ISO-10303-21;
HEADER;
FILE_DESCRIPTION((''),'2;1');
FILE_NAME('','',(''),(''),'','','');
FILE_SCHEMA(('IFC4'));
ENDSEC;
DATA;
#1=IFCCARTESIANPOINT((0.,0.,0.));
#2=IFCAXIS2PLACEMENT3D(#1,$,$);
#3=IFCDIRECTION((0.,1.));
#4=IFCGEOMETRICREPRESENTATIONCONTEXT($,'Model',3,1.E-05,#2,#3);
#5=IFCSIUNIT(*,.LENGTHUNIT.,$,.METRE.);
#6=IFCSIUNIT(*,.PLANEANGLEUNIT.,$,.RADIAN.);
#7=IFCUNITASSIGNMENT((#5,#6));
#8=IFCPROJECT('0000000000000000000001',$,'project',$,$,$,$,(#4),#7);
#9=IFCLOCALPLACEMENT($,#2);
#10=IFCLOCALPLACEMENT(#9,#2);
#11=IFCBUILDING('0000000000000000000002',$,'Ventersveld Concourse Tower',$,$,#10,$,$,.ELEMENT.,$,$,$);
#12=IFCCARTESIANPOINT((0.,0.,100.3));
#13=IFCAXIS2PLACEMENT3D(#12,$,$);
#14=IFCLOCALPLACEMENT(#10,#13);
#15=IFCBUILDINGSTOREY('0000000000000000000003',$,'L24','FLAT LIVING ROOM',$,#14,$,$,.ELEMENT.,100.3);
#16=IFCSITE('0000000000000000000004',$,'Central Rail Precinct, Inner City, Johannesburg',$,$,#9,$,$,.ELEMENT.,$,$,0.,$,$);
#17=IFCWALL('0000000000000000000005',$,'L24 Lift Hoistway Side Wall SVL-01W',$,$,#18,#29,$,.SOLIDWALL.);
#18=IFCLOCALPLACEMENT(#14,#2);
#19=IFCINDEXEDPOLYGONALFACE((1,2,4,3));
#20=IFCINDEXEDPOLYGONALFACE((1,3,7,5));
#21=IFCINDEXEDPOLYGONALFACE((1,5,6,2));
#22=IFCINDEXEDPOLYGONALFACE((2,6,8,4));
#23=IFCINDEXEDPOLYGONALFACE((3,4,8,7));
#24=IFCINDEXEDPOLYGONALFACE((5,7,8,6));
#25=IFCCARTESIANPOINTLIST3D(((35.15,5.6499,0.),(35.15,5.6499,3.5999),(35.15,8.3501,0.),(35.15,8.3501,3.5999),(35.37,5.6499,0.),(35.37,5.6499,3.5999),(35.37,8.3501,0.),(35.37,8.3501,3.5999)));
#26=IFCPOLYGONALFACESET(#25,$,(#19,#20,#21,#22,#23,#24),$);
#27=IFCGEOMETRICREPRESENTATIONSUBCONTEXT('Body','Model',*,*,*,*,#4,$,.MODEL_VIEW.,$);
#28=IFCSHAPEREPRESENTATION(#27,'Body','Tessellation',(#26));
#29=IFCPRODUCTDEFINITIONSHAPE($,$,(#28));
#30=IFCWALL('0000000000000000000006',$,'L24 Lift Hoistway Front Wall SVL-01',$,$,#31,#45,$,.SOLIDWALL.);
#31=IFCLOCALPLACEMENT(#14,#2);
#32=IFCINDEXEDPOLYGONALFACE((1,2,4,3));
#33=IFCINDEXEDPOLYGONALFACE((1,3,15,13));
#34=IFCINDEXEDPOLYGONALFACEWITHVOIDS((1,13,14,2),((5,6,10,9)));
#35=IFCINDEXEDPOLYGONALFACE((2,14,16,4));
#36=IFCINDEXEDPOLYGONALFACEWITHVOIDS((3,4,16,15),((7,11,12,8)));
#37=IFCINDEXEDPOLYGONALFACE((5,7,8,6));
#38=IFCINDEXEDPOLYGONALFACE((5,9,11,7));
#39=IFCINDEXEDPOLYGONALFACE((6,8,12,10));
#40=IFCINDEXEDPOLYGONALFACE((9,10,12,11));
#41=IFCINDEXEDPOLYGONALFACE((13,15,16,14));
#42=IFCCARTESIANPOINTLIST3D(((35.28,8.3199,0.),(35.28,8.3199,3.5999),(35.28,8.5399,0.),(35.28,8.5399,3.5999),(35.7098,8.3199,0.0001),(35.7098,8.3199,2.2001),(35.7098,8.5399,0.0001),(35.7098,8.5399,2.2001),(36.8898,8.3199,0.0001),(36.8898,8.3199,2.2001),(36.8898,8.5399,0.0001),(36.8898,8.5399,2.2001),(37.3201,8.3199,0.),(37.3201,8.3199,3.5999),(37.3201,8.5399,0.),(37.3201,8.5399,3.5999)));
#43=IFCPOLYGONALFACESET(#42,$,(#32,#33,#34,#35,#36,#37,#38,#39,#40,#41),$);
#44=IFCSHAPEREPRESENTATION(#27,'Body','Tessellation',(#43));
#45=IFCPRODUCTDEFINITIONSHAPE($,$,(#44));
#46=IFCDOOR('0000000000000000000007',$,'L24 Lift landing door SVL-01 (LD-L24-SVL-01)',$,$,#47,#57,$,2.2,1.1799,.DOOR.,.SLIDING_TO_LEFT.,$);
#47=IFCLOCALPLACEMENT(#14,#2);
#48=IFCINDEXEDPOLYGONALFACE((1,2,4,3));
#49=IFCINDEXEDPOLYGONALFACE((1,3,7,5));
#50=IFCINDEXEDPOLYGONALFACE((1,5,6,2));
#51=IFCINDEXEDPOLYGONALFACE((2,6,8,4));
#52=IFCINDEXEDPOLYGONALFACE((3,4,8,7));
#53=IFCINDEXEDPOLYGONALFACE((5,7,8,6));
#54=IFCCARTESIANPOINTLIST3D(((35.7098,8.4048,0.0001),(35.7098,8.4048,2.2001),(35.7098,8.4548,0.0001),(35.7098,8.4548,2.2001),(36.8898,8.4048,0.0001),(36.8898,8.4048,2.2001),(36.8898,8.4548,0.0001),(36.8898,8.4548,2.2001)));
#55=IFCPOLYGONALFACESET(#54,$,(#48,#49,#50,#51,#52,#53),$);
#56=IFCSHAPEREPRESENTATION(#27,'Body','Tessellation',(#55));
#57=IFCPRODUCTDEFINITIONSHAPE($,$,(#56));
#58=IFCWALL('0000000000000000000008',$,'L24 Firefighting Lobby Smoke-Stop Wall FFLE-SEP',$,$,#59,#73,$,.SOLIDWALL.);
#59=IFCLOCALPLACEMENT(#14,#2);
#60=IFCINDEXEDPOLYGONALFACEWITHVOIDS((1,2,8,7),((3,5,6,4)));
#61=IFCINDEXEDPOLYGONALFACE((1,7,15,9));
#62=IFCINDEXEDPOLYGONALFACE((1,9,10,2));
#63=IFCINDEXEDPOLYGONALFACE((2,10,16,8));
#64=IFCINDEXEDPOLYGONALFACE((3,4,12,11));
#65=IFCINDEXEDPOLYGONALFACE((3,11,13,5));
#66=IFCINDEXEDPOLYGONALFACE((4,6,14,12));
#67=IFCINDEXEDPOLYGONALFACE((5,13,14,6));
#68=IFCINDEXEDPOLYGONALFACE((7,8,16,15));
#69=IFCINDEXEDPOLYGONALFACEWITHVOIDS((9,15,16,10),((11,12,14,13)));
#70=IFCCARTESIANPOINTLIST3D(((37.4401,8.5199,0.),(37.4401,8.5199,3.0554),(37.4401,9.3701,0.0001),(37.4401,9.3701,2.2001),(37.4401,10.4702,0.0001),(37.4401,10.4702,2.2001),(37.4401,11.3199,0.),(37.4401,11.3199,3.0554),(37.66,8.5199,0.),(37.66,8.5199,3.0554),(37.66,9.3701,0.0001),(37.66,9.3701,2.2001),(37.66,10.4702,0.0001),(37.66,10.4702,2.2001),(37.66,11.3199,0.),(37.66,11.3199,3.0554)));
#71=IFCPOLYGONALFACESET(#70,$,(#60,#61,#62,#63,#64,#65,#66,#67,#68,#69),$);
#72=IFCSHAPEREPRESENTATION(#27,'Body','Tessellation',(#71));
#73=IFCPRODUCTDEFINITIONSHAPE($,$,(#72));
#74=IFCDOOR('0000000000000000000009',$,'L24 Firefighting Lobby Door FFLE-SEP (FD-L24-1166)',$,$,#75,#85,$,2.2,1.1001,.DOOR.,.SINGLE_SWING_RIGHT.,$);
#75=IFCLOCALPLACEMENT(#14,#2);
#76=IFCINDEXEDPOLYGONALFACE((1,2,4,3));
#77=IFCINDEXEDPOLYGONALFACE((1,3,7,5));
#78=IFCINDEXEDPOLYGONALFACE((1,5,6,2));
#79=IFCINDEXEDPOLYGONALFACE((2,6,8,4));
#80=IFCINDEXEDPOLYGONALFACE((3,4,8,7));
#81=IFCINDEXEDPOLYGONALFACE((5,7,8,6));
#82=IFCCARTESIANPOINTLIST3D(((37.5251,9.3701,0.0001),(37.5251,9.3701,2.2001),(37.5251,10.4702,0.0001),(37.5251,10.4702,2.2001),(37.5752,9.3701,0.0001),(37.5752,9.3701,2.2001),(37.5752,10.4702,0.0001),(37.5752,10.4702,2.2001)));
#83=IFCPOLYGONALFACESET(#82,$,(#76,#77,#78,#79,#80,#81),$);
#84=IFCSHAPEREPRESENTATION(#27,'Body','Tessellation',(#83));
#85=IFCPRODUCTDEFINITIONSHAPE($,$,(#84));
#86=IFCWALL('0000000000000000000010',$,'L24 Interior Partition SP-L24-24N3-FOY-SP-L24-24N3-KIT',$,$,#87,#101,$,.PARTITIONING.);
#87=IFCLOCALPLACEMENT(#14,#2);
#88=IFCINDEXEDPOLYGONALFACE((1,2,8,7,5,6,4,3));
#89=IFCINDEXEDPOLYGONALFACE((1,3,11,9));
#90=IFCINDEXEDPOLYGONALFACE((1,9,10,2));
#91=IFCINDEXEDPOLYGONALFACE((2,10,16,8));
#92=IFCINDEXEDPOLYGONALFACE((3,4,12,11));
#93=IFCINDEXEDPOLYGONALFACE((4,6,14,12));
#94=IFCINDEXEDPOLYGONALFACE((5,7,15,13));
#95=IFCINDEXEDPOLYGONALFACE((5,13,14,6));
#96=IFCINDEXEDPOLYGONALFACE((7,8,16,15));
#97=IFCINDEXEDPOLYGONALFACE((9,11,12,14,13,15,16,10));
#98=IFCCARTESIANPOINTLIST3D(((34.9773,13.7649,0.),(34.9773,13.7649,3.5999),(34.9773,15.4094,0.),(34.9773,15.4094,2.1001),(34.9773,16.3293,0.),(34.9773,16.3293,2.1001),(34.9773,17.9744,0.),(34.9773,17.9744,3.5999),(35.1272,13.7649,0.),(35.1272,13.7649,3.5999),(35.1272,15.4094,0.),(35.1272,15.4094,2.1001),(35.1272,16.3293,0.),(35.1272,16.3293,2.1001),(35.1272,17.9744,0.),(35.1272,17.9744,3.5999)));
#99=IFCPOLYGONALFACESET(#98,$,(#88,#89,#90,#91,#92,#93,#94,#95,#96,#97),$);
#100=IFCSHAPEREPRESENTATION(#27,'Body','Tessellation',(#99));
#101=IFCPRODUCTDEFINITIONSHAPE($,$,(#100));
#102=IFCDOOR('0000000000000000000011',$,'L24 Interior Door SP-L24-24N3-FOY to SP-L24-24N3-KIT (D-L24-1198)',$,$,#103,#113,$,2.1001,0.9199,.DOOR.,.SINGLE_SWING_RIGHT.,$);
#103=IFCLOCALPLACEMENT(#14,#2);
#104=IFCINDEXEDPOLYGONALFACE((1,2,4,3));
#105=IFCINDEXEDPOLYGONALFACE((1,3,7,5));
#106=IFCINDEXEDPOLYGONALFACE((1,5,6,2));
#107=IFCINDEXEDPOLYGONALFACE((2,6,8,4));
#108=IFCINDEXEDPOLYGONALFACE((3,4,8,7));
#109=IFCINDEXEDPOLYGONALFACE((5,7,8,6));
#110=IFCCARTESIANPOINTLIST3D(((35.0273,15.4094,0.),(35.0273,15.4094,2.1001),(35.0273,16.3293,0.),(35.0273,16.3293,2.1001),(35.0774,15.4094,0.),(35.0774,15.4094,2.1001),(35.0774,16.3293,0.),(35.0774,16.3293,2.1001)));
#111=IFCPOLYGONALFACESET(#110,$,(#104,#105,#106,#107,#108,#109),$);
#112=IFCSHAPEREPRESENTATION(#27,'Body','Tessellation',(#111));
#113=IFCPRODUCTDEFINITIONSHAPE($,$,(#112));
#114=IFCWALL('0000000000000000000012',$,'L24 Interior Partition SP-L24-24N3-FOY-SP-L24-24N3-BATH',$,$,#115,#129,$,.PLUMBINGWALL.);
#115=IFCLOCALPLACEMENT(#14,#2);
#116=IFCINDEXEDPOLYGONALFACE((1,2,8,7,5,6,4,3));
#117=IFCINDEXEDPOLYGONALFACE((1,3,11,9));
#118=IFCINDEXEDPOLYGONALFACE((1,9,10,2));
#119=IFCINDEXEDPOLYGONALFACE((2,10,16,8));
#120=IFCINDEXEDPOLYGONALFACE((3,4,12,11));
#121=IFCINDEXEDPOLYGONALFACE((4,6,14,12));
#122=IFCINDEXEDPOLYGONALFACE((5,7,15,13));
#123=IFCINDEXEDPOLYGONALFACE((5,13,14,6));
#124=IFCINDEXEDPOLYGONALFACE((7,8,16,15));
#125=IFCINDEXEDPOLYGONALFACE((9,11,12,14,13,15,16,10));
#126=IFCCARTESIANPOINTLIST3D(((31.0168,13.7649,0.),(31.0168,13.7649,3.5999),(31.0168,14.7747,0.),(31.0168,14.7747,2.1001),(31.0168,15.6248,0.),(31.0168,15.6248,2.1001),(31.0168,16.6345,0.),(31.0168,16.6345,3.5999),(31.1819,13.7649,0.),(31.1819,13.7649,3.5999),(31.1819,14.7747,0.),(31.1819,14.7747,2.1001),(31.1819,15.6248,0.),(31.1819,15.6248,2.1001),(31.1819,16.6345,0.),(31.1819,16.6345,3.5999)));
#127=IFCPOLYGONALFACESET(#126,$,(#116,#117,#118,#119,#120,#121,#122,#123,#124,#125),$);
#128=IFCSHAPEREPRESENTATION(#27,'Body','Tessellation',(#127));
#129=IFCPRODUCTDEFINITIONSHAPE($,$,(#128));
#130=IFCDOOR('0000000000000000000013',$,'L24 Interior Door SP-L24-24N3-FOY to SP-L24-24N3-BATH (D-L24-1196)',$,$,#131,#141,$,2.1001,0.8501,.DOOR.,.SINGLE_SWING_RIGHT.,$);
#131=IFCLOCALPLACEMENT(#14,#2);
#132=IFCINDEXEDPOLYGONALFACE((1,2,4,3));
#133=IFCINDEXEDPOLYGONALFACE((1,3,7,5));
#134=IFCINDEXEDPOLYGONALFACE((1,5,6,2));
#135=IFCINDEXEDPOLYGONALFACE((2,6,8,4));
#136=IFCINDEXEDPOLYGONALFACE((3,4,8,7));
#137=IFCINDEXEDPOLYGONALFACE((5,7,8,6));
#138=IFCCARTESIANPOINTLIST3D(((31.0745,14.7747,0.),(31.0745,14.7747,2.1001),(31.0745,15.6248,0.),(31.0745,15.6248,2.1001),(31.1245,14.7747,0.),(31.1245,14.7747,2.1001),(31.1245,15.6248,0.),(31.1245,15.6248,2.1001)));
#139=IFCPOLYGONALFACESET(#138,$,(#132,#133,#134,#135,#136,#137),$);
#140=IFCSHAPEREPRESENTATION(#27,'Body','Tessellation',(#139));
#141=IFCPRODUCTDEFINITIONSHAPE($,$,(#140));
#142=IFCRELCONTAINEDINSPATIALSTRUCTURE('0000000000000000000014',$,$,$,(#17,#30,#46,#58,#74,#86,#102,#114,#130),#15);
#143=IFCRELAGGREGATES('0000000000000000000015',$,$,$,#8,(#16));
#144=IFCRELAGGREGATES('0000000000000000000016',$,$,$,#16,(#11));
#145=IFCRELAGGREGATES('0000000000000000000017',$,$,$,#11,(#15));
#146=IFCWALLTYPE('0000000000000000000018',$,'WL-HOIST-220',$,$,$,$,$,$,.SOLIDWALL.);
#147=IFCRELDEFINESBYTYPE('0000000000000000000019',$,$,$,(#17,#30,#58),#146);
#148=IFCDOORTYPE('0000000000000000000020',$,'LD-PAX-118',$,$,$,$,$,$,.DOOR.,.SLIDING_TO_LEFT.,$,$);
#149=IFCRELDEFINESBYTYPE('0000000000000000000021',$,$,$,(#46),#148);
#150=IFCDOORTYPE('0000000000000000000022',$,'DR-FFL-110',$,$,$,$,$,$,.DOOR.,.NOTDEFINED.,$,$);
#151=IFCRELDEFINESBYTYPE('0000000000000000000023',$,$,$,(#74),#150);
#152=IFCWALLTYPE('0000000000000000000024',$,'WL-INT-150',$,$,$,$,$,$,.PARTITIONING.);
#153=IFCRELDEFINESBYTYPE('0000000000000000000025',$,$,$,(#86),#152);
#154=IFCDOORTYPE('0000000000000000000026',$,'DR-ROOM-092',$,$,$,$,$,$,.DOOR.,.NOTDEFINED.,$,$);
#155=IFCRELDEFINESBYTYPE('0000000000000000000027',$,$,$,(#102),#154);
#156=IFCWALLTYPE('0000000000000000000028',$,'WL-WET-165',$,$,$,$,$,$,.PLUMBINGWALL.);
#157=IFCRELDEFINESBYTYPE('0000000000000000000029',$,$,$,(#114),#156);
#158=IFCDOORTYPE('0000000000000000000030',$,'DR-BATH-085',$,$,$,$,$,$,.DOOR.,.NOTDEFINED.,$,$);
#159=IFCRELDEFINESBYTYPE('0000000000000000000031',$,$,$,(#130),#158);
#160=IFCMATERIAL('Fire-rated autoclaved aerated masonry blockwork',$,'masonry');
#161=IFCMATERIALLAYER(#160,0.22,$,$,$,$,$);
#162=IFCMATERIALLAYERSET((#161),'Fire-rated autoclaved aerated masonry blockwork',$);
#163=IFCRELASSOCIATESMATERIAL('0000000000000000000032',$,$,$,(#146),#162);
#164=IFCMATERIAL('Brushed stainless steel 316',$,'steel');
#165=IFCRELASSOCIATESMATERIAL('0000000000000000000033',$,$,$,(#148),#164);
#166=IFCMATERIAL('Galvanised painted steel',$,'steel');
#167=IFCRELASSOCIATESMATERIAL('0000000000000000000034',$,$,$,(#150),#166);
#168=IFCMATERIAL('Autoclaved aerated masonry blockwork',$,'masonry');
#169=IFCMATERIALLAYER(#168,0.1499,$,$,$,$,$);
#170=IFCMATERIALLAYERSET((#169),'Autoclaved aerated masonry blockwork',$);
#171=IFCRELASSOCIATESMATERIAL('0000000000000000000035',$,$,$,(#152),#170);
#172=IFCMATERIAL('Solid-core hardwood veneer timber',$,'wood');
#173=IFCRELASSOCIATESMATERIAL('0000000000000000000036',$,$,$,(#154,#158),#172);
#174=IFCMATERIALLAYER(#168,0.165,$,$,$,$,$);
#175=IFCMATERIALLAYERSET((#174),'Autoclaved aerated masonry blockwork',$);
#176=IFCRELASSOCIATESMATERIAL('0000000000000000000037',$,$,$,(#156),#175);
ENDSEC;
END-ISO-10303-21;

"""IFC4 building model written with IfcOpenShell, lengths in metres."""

from ifc_helpers import new_model, si_unit, direction, frame, frame_2d, origin, place, context, subcontext, project, spatial, rectangle, extrude, material, layer, layer_set, type_object, element, fill, save


model = new_model("IFC4")

# Units and contexts
model_context = context("Model", 3, precision=1e-05, world=origin(), true_north=direction((0.0, 1.0)))
body_context = subcontext(model_context, "Body", "Model", "MODEL_VIEW")
ifc_project = project(units=[si_unit("LENGTHUNIT", "METRE"), si_unit("PLANEANGLEUNIT", "RADIAN")], contexts=[model_context])

# Site, building, storey
site_placement = place(None, origin())
site = spatial("IfcSite", under=ifc_project, at=site_placement, Name="Central Rail Precinct, Inner City, Johannesburg", CompositionType="ELEMENT", RefElevation=0.0)
building_placement = place(site_placement, origin())
building = spatial("IfcBuilding", under=site, at=building_placement, Name="Ventersveld Concourse Tower", CompositionType="ELEMENT")
storey_placement = place(building_placement, frame((0.0, 0.0, 100.3)))
storey = spatial("IfcBuildingStorey", under=building, at=storey_placement, Name="L24", Description="FLAT LIVING ROOM", CompositionType="ELEMENT", Elevation=100.3)

# Shared definitions
ifc_material_1 = material(Name="Fire-rated autoclaved aerated masonry blockwork", Category="masonry")
ifc_material_2 = material(Name="Solid-core hardwood veneer timber", Category="wood")

# Wall
ifc_layer_1 = layer(ifc_material_1, 0.22)
ifc_layer_set_1 = layer_set([ifc_layer_1], Name="Fire-rated autoclaved aerated masonry blockwork")
wall_type_1 = type_object("IfcWallType", Name="WL-HOIST-220", PredefinedType="SOLIDWALL", material=ifc_layer_set_1)
wall_1_placement = place(storey_placement, frame((35.26, 5.6499, 0.0), z_axis=(0.0, 0.0, 1.0), x_axis=(0.0, 1.0, 0.0)))
element("IfcWall", 1, at=wall_1_placement, inside=storey, type_object=wall_type_1, Name="L24 Lift Hoistway Side Wall SVL-01W", PredefinedType="SOLIDWALL", context=body_context, shape_type="SweptSolid", body=[
    extrude(rectangle(XDim=2.7002, YDim=0.22, at=frame_2d((1.3501, 0.0))), origin(), (0.0, 0.0, 1.0), 3.5999),
])

# Walls, openings, doors
wall_2_placement = place(storey_placement, frame((35.28, 8.4299, 0.0), z_axis=(0.0, 0.0, 1.0), x_axis=(1.0, 0.0, 0.0)))
wall_2 = element("IfcWall", 2, at=wall_2_placement, inside=storey, type_object=wall_type_1, Name="L24 Lift Hoistway Front Wall SVL-01", PredefinedType="SOLIDWALL", context=body_context, shape_type="SweptSolid", body=[
    extrude(rectangle(XDim=2.04, YDim=0.22, at=frame_2d((1.02, 0.0))), origin(), (0.0, 0.0, 1.0), 3.5999),
])
opening_1_placement = place(wall_2_placement, frame((0.4299, 0.0, 0.0)))
opening_1 = element("IfcOpeningElement", 3, at=opening_1_placement, cuts=wall_2, PredefinedType="OPENING", context=body_context, shape_type="SweptSolid", body=[
    extrude(rectangle(XDim=1.1799, YDim=2.2, at=frame_2d((0.5898, 1.1001))), frame((0.0, 0.1201, 0.0), z_axis=(0.0, -1.0, 0.0), x_axis=(1.0, 0.0, 0.0)), (0.0, 0.0, 1.0), 0.24),
])
ifc_material_3 = material(Name="Brushed stainless steel 316", Category="steel")
door_type_1 = type_object("IfcDoorType", Name="LD-PAX-118", OperationType="SLIDING_TO_LEFT", PredefinedType="DOOR", material=ifc_material_3)
door_1_placement = place(opening_1_placement, origin())
door_1 = element("IfcDoor", 4, at=door_1_placement, inside=storey, type_object=door_type_1, Name="L24 Lift landing door SVL-01 (LD-L24-SVL-01)", OperationType="SLIDING_TO_LEFT", OverallHeight=2.2, OverallWidth=1.1799, PredefinedType="DOOR", context=body_context, shape_type="SweptSolid", body=[
    extrude(rectangle(XDim=1.1799, YDim=2.2, at=frame_2d((0.5898, 1.1001))), frame((0.0, 0.0249, 0.0), z_axis=(0.0, -1.0, 0.0), x_axis=(1.0, 0.0, 0.0)), (0.0, 0.0, 1.0), 0.05),
])
fill(opening_1, door_1)
wall_3_placement = place(storey_placement, frame((37.55, 8.52, 0.0), z_axis=(0.0, 0.0, 1.0), x_axis=(0.0, 1.0, 0.0)))
wall_3 = element("IfcWall", 5, at=wall_3_placement, inside=storey, type_object=wall_type_1, Name="L24 Firefighting Lobby Smoke-Stop Wall FFLE-SEP", PredefinedType="SOLIDWALL", context=body_context, shape_type="SweptSolid", body=[
    extrude(rectangle(XDim=2.8, YDim=0.22, at=frame_2d((1.3999, 0.0))), origin(), (0.0, 0.0, 1.0), 3.0554),
])
opening_2_placement = place(wall_3_placement, frame((0.8501, 0.0, 0.0)))
opening_2 = element("IfcOpeningElement", 6, at=opening_2_placement, cuts=wall_3, PredefinedType="OPENING", context=body_context, shape_type="SweptSolid", body=[
    extrude(rectangle(XDim=1.1001, YDim=2.2, at=frame_2d((0.55, 1.1001))), frame((0.0, 0.1201, 0.0), z_axis=(0.0, -1.0, 0.0), x_axis=(1.0, 0.0, 0.0)), (0.0, 0.0, 1.0), 0.24),
])
ifc_material_4 = material(Name="Galvanised painted steel", Category="steel")
door_type_2 = type_object("IfcDoorType", Name="DR-FFL-110", OperationType="NOTDEFINED", PredefinedType="DOOR", material=ifc_material_4)
door_2_placement = place(opening_2_placement, origin())
door_2 = element("IfcDoor", 7, at=door_2_placement, inside=storey, type_object=door_type_2, Name="L24 Firefighting Lobby Door FFLE-SEP (FD-L24-1166)", OperationType="SINGLE_SWING_RIGHT", OverallHeight=2.2, OverallWidth=1.1001, PredefinedType="DOOR", context=body_context, shape_type="SweptSolid", body=[
    extrude(rectangle(XDim=1.1001, YDim=2.2, at=frame_2d((0.55, 1.1001))), frame((0.0, 0.0249, 0.0), z_axis=(0.0, -1.0, 0.0), x_axis=(1.0, 0.0, 0.0)), (0.0, 0.0, 1.0), 0.05),
])
fill(opening_2, door_2)
ifc_material_5 = material(Name="Autoclaved aerated masonry blockwork", Category="masonry")
ifc_layer_2 = layer(ifc_material_5, 0.1499)
ifc_layer_set_2 = layer_set([ifc_layer_2], Name="Autoclaved aerated masonry blockwork")
wall_type_2 = type_object("IfcWallType", Name="WL-INT-150", PredefinedType="PARTITIONING", material=ifc_layer_set_2)
wall_4_placement = place(storey_placement, frame((35.0522, 13.7649, 0.0), z_axis=(0.0, 0.0, 1.0), x_axis=(0.0, 1.0, 0.0)))
wall_4 = element("IfcWall", 8, at=wall_4_placement, inside=storey, type_object=wall_type_2, Name="L24 Interior Partition SP-L24-24N3-FOY-SP-L24-24N3-KIT", PredefinedType="PARTITIONING", context=body_context, shape_type="SweptSolid", body=[
    extrude(rectangle(XDim=4.2095, YDim=0.1499, at=frame_2d((2.1047, 0.0))), origin(), (0.0, 0.0, 1.0), 3.5999),
])
opening_3_placement = place(wall_4_placement, frame((1.6445, 0.0, 0.0)))
opening_3 = element("IfcOpeningElement", 9, at=opening_3_placement, cuts=wall_4, PredefinedType="OPENING", context=body_context, shape_type="SweptSolid", body=[
    extrude(rectangle(XDim=0.9199, YDim=2.1001, at=frame_2d((0.46, 1.05))), frame((0.0, 0.085, 0.0), z_axis=(0.0, -1.0, 0.0), x_axis=(1.0, 0.0, 0.0)), (0.0, 0.0, 1.0), 0.1699),
])
door_type_3 = type_object("IfcDoorType", Name="DR-ROOM-092", OperationType="NOTDEFINED", PredefinedType="DOOR", material=ifc_material_2)
door_3_placement = place(opening_3_placement, origin())
door_3 = element("IfcDoor", 10, at=door_3_placement, inside=storey, type_object=door_type_3, Name="L24 Interior Door SP-L24-24N3-FOY to SP-L24-24N3-KIT (D-L24-1198)", OperationType="SINGLE_SWING_RIGHT", OverallHeight=2.1001, OverallWidth=0.9199, PredefinedType="DOOR", context=body_context, shape_type="SweptSolid", body=[
    extrude(rectangle(XDim=0.9199, YDim=2.1001, at=frame_2d((0.46, 1.05))), frame((0.0, 0.0249, 0.0), z_axis=(0.0, -1.0, 0.0), x_axis=(1.0, 0.0, 0.0)), (0.0, 0.0, 1.0), 0.05),
])
fill(opening_3, door_3)
ifc_layer_3 = layer(ifc_material_5, 0.165)
ifc_layer_set_3 = layer_set([ifc_layer_3], Name="Autoclaved aerated masonry blockwork")
wall_type_3 = type_object("IfcWallType", Name="WL-WET-165", PredefinedType="PLUMBINGWALL", material=ifc_layer_set_3)
wall_5_placement = place(storey_placement, frame((31.0994, 13.7649, 0.0), z_axis=(0.0, 0.0, 1.0), x_axis=(0.0, 1.0, 0.0)))
wall_5 = element("IfcWall", 11, at=wall_5_placement, inside=storey, type_object=wall_type_3, Name="L24 Interior Partition SP-L24-24N3-FOY-SP-L24-24N3-BATH", PredefinedType="PLUMBINGWALL", context=body_context, shape_type="SweptSolid", body=[
    extrude(rectangle(XDim=2.8696, YDim=0.165, at=frame_2d((1.4348, 0.0))), origin(), (0.0, 0.0, 1.0), 3.5999),
])
opening_4_placement = place(wall_5_placement, frame((1.0098, 0.0, 0.0)))
opening_4 = element("IfcOpeningElement", 12, at=opening_4_placement, cuts=wall_5, PredefinedType="OPENING", context=body_context, shape_type="SweptSolid", body=[
    extrude(rectangle(XDim=0.8501, YDim=2.1001, at=frame_2d((0.425, 1.05))), frame((0.0, 0.0925, 0.0), z_axis=(0.0, -1.0, 0.0), x_axis=(1.0, 0.0, 0.0)), (0.0, 0.0, 1.0), 0.1851),
])
door_type_4 = type_object("IfcDoorType", Name="DR-BATH-085", OperationType="NOTDEFINED", PredefinedType="DOOR", material=ifc_material_2)
door_4_placement = place(opening_4_placement, origin())
door_4 = element("IfcDoor", 13, at=door_4_placement, inside=storey, type_object=door_type_4, Name="L24 Interior Door SP-L24-24N3-FOY to SP-L24-24N3-BATH (D-L24-1196)", OperationType="SINGLE_SWING_RIGHT", OverallHeight=2.1001, OverallWidth=0.8501, PredefinedType="DOOR", context=body_context, shape_type="SweptSolid", body=[
    extrude(rectangle(XDim=0.8501, YDim=2.1001, at=frame_2d((0.425, 1.05))), frame((0.0, 0.0249, 0.0), z_axis=(0.0, -1.0, 0.0), x_axis=(1.0, 0.0, 0.0)), (0.0, 0.0, 1.0), 0.05),
])
fill(opening_4, door_4)

save(model, "model.ifc")
